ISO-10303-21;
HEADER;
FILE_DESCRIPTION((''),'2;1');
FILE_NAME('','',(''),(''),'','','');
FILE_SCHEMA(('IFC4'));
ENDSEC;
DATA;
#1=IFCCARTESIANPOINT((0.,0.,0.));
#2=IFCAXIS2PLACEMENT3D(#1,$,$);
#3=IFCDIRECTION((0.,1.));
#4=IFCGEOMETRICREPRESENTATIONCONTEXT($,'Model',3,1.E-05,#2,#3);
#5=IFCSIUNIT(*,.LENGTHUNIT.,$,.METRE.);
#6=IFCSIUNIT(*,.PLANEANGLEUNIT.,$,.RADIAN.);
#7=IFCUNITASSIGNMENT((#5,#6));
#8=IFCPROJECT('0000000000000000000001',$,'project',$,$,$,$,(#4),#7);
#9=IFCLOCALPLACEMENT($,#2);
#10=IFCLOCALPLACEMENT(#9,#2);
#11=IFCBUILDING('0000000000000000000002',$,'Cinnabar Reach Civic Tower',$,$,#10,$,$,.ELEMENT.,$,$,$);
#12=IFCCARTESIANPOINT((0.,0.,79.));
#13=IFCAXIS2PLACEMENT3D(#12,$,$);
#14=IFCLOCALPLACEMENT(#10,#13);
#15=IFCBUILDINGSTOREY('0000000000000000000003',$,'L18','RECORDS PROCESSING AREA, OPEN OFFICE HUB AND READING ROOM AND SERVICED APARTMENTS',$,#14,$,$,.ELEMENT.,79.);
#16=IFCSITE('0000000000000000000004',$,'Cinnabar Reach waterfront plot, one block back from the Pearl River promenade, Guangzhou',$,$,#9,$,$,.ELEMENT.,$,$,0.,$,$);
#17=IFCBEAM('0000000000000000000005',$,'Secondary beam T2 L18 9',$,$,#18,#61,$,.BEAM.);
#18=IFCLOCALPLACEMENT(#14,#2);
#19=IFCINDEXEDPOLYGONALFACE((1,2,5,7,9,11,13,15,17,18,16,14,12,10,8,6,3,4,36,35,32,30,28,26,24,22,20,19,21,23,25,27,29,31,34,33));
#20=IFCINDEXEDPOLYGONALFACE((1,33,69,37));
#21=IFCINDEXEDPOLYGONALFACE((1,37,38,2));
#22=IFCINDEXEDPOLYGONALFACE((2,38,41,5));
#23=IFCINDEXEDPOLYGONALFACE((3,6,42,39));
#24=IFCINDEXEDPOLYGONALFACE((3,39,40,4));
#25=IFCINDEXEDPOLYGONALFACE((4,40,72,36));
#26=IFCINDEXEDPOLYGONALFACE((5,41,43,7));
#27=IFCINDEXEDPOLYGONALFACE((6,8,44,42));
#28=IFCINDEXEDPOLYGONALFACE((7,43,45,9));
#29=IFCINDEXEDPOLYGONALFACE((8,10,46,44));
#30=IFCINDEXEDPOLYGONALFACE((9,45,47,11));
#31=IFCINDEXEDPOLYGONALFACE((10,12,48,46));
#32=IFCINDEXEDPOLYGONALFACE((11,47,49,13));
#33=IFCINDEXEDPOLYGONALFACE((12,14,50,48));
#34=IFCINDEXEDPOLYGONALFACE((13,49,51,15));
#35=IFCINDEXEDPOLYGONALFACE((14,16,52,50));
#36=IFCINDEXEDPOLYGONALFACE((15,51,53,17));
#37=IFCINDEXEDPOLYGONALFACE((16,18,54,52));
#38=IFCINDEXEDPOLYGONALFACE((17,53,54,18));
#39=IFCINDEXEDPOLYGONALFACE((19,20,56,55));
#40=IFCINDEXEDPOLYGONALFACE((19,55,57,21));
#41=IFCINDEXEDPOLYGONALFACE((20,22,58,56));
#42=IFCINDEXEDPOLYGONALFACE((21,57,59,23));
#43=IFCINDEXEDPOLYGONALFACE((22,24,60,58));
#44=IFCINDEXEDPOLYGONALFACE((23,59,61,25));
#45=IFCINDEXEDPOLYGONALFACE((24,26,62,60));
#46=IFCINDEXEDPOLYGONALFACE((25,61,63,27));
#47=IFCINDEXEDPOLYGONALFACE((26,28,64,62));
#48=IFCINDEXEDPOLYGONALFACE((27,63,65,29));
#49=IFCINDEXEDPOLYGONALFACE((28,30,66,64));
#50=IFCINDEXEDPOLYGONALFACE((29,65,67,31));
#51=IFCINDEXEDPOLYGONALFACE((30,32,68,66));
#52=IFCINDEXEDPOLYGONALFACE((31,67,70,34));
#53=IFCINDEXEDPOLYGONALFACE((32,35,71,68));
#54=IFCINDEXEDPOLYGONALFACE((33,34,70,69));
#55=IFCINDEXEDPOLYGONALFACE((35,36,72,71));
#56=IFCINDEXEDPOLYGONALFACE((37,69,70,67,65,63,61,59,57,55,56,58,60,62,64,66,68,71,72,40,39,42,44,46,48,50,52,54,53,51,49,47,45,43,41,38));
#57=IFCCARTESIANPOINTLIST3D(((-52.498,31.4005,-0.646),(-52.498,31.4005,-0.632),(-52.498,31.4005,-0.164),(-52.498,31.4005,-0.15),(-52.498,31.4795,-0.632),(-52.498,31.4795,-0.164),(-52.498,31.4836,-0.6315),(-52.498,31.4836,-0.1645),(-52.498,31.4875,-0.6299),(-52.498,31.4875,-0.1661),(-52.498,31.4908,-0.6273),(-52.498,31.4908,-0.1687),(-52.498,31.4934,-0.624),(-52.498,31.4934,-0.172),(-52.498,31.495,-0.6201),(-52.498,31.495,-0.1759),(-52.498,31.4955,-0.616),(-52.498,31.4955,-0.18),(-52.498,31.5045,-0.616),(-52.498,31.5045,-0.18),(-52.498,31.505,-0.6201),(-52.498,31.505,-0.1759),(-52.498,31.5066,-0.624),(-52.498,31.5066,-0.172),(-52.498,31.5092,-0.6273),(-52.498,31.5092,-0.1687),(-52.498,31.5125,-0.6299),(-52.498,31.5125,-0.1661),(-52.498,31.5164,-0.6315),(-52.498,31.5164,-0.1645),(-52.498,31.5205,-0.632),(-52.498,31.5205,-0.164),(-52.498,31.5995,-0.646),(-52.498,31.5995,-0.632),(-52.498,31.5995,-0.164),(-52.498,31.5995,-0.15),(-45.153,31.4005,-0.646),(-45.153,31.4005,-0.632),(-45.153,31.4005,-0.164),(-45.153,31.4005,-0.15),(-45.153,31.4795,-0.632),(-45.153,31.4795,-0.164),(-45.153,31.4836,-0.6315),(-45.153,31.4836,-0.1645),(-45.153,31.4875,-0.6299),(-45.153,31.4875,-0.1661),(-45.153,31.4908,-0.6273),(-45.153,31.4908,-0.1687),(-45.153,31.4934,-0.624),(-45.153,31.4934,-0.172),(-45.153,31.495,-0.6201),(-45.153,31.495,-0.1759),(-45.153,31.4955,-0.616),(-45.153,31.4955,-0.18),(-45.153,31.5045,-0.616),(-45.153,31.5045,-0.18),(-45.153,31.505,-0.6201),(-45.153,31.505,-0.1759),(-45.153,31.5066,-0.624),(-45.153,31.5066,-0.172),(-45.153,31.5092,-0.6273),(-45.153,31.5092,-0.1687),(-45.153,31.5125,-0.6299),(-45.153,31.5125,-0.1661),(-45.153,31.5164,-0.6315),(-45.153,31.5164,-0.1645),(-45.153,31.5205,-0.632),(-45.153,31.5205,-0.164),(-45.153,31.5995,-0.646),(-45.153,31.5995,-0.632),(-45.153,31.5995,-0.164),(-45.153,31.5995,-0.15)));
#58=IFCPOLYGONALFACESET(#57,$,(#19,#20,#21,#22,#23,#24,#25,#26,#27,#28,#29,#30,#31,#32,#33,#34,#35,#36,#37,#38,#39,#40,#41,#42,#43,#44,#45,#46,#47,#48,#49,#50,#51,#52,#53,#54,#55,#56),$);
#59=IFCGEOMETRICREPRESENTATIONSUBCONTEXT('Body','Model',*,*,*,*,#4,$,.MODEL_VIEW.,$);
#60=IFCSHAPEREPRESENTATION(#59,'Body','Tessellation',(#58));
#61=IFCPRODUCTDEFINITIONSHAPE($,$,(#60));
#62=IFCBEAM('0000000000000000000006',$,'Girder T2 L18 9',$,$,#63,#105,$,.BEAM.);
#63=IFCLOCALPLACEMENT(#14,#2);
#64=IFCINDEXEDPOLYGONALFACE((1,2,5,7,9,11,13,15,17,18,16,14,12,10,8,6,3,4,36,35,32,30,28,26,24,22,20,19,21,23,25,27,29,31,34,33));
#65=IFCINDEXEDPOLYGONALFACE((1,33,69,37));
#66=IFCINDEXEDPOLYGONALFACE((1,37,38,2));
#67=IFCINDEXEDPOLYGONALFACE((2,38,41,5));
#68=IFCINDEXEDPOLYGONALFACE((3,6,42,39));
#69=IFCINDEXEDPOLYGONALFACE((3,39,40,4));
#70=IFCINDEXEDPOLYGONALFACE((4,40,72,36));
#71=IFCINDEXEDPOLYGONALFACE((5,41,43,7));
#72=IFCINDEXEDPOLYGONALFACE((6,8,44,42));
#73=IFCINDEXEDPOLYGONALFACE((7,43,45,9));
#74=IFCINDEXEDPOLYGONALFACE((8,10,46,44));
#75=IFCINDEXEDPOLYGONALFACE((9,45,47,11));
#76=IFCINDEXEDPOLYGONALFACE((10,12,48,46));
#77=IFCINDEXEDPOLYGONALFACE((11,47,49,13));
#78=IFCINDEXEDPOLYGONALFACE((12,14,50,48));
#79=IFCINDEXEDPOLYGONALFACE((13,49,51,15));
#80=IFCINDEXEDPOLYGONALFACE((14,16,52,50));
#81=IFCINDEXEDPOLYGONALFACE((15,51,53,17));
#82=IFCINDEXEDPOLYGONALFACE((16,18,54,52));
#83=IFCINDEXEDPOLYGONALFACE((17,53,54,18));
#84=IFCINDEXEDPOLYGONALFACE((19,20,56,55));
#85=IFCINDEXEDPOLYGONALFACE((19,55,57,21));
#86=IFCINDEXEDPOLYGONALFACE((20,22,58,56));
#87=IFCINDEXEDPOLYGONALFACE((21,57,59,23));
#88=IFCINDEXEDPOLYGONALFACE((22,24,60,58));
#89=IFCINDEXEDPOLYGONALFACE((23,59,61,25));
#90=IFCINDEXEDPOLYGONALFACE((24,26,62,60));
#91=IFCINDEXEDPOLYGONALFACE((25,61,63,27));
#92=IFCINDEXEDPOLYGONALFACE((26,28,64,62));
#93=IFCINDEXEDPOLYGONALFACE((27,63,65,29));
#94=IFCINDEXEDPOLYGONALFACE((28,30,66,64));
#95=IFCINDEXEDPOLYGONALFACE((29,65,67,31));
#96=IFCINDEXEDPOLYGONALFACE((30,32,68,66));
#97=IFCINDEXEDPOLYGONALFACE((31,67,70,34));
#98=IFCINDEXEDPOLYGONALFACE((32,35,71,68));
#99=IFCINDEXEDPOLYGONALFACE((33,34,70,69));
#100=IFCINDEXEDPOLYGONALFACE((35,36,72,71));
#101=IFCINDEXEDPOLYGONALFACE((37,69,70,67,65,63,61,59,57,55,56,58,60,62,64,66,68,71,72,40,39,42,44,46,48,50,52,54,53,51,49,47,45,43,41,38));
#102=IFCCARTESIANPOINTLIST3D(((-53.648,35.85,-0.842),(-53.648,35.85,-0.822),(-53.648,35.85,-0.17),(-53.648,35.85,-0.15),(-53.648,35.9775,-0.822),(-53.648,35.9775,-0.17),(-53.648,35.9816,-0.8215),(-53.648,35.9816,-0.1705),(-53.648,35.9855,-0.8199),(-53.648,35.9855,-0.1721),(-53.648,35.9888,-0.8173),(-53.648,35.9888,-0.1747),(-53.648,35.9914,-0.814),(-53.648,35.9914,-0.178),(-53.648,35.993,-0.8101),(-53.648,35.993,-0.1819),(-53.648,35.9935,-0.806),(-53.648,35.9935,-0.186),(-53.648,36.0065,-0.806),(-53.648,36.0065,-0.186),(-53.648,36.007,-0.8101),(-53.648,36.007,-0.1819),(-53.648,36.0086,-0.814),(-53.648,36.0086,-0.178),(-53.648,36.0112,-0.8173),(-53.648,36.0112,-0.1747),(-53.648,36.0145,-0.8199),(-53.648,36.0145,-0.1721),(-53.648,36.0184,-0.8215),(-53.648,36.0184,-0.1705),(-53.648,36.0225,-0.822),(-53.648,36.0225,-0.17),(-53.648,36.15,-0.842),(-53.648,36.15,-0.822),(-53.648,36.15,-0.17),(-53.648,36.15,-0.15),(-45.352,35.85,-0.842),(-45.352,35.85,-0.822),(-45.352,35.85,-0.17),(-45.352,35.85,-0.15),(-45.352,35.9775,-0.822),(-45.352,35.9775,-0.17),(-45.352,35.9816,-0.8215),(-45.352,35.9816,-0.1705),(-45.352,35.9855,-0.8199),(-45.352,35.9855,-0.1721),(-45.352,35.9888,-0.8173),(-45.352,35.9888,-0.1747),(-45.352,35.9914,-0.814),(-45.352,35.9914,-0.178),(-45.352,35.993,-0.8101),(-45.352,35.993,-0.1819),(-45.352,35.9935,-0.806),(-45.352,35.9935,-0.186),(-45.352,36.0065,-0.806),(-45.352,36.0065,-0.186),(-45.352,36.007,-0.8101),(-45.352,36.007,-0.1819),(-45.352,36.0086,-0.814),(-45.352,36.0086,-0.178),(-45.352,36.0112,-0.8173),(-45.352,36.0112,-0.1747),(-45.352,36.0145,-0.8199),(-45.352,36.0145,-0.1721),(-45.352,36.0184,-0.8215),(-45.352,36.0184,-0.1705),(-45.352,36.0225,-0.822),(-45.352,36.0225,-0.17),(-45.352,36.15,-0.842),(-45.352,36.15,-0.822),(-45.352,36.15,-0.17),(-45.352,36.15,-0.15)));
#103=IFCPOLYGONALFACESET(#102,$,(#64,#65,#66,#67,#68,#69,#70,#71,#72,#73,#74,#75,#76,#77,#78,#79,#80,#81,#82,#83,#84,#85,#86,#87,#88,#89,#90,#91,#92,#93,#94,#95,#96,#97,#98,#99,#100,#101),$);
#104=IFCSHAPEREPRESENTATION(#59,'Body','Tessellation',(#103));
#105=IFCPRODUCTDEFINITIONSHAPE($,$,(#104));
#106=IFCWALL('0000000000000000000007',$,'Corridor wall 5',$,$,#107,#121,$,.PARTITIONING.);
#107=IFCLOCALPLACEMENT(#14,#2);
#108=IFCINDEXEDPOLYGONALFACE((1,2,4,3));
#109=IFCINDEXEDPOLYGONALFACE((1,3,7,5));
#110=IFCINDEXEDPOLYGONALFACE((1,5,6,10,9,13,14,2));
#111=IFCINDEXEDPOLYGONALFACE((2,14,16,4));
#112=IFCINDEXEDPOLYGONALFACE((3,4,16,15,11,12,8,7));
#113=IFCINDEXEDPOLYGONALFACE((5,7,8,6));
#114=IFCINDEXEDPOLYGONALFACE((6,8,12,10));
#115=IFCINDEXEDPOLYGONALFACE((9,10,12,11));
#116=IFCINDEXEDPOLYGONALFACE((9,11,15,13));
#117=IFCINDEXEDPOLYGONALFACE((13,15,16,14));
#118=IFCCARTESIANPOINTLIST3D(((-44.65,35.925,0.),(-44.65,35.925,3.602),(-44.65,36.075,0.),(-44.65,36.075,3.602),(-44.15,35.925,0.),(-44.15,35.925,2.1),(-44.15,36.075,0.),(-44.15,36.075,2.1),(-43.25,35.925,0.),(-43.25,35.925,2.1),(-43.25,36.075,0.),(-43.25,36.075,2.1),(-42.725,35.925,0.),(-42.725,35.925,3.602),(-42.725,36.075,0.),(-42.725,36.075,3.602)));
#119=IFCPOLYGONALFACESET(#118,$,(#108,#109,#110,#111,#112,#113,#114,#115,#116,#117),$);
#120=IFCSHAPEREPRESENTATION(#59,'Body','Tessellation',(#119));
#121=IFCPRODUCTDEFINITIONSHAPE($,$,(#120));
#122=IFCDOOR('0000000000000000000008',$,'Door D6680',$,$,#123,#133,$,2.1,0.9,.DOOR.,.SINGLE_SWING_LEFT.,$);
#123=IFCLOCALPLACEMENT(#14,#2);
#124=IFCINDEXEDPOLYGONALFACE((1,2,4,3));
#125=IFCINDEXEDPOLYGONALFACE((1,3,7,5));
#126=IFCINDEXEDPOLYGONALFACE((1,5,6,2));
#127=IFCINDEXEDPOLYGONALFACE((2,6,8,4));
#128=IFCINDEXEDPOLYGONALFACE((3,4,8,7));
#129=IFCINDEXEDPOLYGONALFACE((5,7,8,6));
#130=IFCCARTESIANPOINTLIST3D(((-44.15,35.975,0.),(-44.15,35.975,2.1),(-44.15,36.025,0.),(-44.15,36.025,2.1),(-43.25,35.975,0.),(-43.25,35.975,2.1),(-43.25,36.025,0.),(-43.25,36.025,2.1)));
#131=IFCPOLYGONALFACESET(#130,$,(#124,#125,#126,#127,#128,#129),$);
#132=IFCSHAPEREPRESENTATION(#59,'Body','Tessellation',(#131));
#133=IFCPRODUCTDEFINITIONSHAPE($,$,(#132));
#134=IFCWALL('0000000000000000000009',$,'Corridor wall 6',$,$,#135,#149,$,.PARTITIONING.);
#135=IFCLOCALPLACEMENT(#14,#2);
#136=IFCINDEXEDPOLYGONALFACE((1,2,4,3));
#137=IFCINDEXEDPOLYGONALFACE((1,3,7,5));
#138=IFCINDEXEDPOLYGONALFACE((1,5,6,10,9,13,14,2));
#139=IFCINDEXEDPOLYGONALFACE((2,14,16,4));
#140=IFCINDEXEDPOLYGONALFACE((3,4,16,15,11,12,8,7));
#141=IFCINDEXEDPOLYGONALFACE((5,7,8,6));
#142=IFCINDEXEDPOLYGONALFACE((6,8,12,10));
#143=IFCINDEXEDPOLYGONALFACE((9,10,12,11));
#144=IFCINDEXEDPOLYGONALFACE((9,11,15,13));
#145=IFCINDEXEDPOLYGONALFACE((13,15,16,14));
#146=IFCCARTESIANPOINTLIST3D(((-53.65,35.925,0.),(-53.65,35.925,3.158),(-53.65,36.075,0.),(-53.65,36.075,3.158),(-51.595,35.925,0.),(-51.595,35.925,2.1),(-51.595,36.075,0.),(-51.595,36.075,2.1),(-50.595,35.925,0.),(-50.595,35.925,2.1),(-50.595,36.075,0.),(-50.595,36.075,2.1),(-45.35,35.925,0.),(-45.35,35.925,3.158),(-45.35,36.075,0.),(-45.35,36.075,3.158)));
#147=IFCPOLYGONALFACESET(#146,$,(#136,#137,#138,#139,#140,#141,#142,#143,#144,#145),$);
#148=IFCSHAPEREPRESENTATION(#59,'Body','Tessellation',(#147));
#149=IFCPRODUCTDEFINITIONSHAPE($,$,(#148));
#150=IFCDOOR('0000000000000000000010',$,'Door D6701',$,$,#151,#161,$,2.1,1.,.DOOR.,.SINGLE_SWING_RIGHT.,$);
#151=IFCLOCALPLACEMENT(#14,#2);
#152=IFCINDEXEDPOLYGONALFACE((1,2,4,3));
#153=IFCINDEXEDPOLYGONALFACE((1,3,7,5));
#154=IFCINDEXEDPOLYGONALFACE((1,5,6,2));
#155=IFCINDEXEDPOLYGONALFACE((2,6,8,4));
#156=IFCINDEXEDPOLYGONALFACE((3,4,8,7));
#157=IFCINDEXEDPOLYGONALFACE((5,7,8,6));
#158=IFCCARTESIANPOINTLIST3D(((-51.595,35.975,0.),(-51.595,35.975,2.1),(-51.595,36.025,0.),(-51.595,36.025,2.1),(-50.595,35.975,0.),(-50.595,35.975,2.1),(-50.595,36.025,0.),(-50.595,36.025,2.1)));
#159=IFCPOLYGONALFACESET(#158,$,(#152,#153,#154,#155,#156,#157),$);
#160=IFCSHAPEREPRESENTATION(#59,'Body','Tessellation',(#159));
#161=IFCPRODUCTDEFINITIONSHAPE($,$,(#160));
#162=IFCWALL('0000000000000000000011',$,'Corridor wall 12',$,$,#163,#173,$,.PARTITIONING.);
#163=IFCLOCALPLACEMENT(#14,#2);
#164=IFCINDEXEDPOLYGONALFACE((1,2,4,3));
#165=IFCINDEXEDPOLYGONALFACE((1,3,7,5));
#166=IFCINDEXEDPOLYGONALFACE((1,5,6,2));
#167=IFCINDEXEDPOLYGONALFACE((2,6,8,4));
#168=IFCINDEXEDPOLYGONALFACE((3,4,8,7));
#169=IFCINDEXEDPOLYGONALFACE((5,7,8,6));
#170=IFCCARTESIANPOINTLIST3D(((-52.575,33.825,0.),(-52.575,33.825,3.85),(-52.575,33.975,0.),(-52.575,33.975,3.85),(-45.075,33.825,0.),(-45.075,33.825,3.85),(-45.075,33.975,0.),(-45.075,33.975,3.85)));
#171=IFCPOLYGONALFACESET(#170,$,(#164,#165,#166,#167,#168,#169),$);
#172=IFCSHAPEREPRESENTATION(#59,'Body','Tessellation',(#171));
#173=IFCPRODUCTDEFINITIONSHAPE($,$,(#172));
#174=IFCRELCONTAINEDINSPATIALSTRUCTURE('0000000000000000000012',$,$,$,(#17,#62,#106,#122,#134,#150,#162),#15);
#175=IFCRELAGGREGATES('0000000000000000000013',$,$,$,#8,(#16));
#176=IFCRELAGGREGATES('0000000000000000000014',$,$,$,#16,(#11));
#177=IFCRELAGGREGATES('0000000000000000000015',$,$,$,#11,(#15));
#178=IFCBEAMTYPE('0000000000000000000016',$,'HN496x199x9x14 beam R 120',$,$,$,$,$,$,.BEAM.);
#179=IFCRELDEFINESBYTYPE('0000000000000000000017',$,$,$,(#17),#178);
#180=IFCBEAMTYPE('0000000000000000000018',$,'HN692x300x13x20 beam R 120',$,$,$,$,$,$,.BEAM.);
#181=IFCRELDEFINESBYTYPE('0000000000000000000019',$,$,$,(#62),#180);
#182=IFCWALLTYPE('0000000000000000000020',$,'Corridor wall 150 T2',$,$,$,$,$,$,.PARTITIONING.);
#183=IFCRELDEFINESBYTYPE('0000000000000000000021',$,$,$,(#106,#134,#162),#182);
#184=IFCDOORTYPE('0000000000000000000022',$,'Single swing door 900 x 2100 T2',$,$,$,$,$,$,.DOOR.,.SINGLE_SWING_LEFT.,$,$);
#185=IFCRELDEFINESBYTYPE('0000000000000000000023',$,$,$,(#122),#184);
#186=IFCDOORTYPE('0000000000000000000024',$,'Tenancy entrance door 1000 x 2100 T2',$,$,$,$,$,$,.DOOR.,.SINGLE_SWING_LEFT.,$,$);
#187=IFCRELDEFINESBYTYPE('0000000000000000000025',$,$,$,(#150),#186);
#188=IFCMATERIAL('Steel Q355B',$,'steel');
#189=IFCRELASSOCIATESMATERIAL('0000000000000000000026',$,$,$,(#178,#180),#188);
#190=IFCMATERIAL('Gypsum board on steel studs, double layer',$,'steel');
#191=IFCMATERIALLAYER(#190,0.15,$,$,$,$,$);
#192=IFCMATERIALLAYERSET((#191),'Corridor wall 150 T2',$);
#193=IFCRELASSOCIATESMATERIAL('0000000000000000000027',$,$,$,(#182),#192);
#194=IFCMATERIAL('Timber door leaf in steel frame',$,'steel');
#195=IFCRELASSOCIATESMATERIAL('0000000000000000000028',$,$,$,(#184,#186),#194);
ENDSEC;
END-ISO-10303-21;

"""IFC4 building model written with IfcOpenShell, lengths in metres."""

from ifc_helpers import new_model, si_unit, direction, frame, frame_2d, origin, origin_2d, place, context, subcontext, project, spatial, rectangle, i_section, extrude, material, layer, layer_set, material_profile, profile_set, type_object, element, fill, save


model = new_model("IFC4")

# Units and contexts
model_context = context("Model", 3, precision=1e-05, world=origin(), true_north=direction((0.0, 1.0)))
body_context = subcontext(model_context, "Body", "Model", "MODEL_VIEW")
ifc_project = project(units=[si_unit("LENGTHUNIT", "METRE"), si_unit("PLANEANGLEUNIT", "RADIAN")], contexts=[model_context])

# Site, building, storey
site_placement = place(None, origin())
site = spatial("IfcSite", under=ifc_project, at=site_placement, Name="Cinnabar Reach waterfront plot, one block back from the Pearl River promenade, Guangzhou", CompositionType="ELEMENT", RefElevation=0.0)
building_placement = place(site_placement, origin())
building = spatial("IfcBuilding", under=site, at=building_placement, Name="Cinnabar Reach Civic Tower", CompositionType="ELEMENT")
storey_placement = place(building_placement, frame((0.0, 0.0, 79.0)))
storey = spatial("IfcBuildingStorey", under=building, at=storey_placement, Name="L18", Description="RECORDS PROCESSING AREA, OPEN OFFICE HUB AND READING ROOM AND SERVICED APARTMENTS", CompositionType="ELEMENT", Elevation=79.0)

# Beams
ifc_material_1 = material(Name="Steel Q355B", Category="steel")
ifc_material_profile_1 = material_profile(ifc_material_1, i_section(OverallWidth=0.199, OverallDepth=0.496, WebThickness=0.009, FlangeThickness=0.014, FilletRadius=0.016, at=origin_2d()), Name="HN496x199x9x14")
ifc_profile_set_1 = profile_set([ifc_material_profile_1], Name="Steel Q355B")
beam_type_1 = type_object("IfcBeamType", Name="HN496x199x9x14 beam R 120", PredefinedType="BEAM", material=ifc_profile_set_1)
beam_1_placement = place(storey_placement, frame((-52.498, 31.5, -0.398), z_axis=(1.0, 0.0, 0.0), x_axis=(0.0, 1.0, 0.0)))
element("IfcBeam", 1, at=beam_1_placement, inside=storey, type_object=beam_type_1, Name="Secondary beam T2 L18 9", PredefinedType="BEAM", context=body_context, shape_type="SweptSolid", body=[
    extrude(i_section(OverallWidth=0.199, OverallDepth=0.496, WebThickness=0.009, FlangeThickness=0.014, FilletRadius=0.016, at=origin_2d()), origin(), (0.0, 0.0, 1.0), 7.345),
])
ifc_material_profile_2 = material_profile(ifc_material_1, i_section(OverallWidth=0.3, OverallDepth=0.692, WebThickness=0.013, FlangeThickness=0.02, FilletRadius=0.016, at=origin_2d()), Name="HN692x300x13x20")
ifc_profile_set_2 = profile_set([ifc_material_profile_2], Name="Steel Q355B")
beam_type_2 = type_object("IfcBeamType", Name="HN692x300x13x20 beam R 120", PredefinedType="BEAM", material=ifc_profile_set_2)
beam_2_placement = place(storey_placement, frame((-53.648, 36.0, -0.496), z_axis=(1.0, 0.0, 0.0), x_axis=(0.0, 1.0, 0.0)))
element("IfcBeam", 2, at=beam_2_placement, inside=storey, type_object=beam_type_2, Name="Girder T2 L18 9", PredefinedType="BEAM", context=body_context, shape_type="SweptSolid", body=[
    extrude(i_section(OverallWidth=0.3, OverallDepth=0.692, WebThickness=0.013, FlangeThickness=0.02, FilletRadius=0.016, at=origin_2d()), origin(), (0.0, 0.0, 1.0), 8.296),
])

# Walls, openings, doors
ifc_material_2 = material(Name="Gypsum board on steel studs, double layer", Category="steel")
ifc_layer_1 = layer(ifc_material_2, 0.15)
ifc_layer_set_1 = layer_set([ifc_layer_1], Name="Corridor wall 150 T2")
wall_type_1 = type_object("IfcWallType", Name="Corridor wall 150 T2", PredefinedType="PARTITIONING", material=ifc_layer_set_1)
wall_1_placement = place(storey_placement, frame((-44.65, 36.0, 0.0), z_axis=(0.0, 0.0, 1.0), x_axis=(1.0, 0.0, 0.0)))
wall_1 = element("IfcWall", 3, at=wall_1_placement, inside=storey, type_object=wall_type_1, Name="Corridor wall 5", PredefinedType="PARTITIONING", context=body_context, shape_type="SweptSolid", body=[
    extrude(rectangle(XDim=1.925, YDim=0.15, at=frame_2d((0.9625, 0.0))), origin(), (0.0, 0.0, 1.0), 3.602),
])
opening_1_placement = place(wall_1_placement, frame((0.5, 0.0, 0.0)))
opening_1 = element("IfcOpeningElement", 4, at=opening_1_placement, cuts=wall_1, PredefinedType="OPENING", context=body_context, shape_type="SweptSolid", body=[
    extrude(rectangle(XDim=0.9, YDim=2.1, at=frame_2d((0.45, 1.05))), frame((0.0, 0.085, 0.0), z_axis=(0.0, -1.0, 0.0), x_axis=(1.0, 0.0, 0.0)), (0.0, 0.0, 1.0), 0.17),
])
ifc_material_3 = material(Name="Timber door leaf in steel frame", Category="steel")
door_type_1 = type_object("IfcDoorType", Name="Single swing door 900 x 2100 T2", OperationType="SINGLE_SWING_LEFT", PredefinedType="DOOR", material=ifc_material_3)
door_1_placement = place(opening_1_placement, origin())
door_1 = element("IfcDoor", 5, at=door_1_placement, inside=storey, type_object=door_type_1, Name="Door D6680", OperationType="SINGLE_SWING_LEFT", OverallHeight=2.1, OverallWidth=0.9, PredefinedType="DOOR", context=body_context, shape_type="SweptSolid", body=[
    extrude(rectangle(XDim=0.9, YDim=2.1, at=frame_2d((0.45, 1.05))), frame((0.0, 0.025, 0.0), z_axis=(0.0, -1.0, 0.0), x_axis=(1.0, 0.0, 0.0)), (0.0, 0.0, 1.0), 0.05),
])
fill(opening_1, door_1)
wall_2_placement = place(storey_placement, frame((-53.65, 36.0, 0.0), z_axis=(0.0, 0.0, 1.0), x_axis=(1.0, 0.0, 0.0)))
wall_2 = element("IfcWall", 6, at=wall_2_placement, inside=storey, type_object=wall_type_1, Name="Corridor wall 6", PredefinedType="PARTITIONING", context=body_context, shape_type="SweptSolid", body=[
    extrude(rectangle(XDim=8.3, YDim=0.15, at=frame_2d((4.15, 0.0))), origin(), (0.0, 0.0, 1.0), 3.158),
])
opening_2_placement = place(wall_2_placement, frame((2.055, 0.0, 0.0)))
opening_2 = element("IfcOpeningElement", 7, at=opening_2_placement, cuts=wall_2, PredefinedType="OPENING", context=body_context, shape_type="SweptSolid", body=[
    extrude(rectangle(XDim=1.0, YDim=2.1, at=frame_2d((0.5, 1.05))), frame((0.0, 0.085, 0.0), z_axis=(0.0, -1.0, 0.0), x_axis=(1.0, 0.0, 0.0)), (0.0, 0.0, 1.0), 0.17),
])
door_type_2 = type_object("IfcDoorType", Name="Tenancy entrance door 1000 x 2100 T2", OperationType="SINGLE_SWING_LEFT", PredefinedType="DOOR", material=ifc_material_3)
door_2_placement = place(opening_2_placement, origin())
door_2 = element("IfcDoor", 8, at=door_2_placement, inside=storey, type_object=door_type_2, Name="Door D6701", OperationType="SINGLE_SWING_RIGHT", OverallHeight=2.1, OverallWidth=1.0, PredefinedType="DOOR", context=body_context, shape_type="SweptSolid", body=[
    extrude(rectangle(XDim=1.0, YDim=2.1, at=frame_2d((0.5, 1.05))), frame((0.0, 0.025, 0.0), z_axis=(0.0, -1.0, 0.0), x_axis=(1.0, 0.0, 0.0)), (0.0, 0.0, 1.0), 0.05),
])
fill(opening_2, door_2)

# Wall
wall_3_placement = place(storey_placement, frame((-52.575, 33.9, 0.0), z_axis=(0.0, 0.0, 1.0), x_axis=(1.0, 0.0, 0.0)))
element("IfcWall", 9, at=wall_3_placement, inside=storey, type_object=wall_type_1, Name="Corridor wall 12", PredefinedType="PARTITIONING", context=body_context, shape_type="SweptSolid", body=[
    extrude(rectangle(XDim=7.5, YDim=0.15, at=frame_2d((3.75, 0.0))), origin(), (0.0, 0.0, 1.0), 3.85),
])

save(model, "model.ifc")
